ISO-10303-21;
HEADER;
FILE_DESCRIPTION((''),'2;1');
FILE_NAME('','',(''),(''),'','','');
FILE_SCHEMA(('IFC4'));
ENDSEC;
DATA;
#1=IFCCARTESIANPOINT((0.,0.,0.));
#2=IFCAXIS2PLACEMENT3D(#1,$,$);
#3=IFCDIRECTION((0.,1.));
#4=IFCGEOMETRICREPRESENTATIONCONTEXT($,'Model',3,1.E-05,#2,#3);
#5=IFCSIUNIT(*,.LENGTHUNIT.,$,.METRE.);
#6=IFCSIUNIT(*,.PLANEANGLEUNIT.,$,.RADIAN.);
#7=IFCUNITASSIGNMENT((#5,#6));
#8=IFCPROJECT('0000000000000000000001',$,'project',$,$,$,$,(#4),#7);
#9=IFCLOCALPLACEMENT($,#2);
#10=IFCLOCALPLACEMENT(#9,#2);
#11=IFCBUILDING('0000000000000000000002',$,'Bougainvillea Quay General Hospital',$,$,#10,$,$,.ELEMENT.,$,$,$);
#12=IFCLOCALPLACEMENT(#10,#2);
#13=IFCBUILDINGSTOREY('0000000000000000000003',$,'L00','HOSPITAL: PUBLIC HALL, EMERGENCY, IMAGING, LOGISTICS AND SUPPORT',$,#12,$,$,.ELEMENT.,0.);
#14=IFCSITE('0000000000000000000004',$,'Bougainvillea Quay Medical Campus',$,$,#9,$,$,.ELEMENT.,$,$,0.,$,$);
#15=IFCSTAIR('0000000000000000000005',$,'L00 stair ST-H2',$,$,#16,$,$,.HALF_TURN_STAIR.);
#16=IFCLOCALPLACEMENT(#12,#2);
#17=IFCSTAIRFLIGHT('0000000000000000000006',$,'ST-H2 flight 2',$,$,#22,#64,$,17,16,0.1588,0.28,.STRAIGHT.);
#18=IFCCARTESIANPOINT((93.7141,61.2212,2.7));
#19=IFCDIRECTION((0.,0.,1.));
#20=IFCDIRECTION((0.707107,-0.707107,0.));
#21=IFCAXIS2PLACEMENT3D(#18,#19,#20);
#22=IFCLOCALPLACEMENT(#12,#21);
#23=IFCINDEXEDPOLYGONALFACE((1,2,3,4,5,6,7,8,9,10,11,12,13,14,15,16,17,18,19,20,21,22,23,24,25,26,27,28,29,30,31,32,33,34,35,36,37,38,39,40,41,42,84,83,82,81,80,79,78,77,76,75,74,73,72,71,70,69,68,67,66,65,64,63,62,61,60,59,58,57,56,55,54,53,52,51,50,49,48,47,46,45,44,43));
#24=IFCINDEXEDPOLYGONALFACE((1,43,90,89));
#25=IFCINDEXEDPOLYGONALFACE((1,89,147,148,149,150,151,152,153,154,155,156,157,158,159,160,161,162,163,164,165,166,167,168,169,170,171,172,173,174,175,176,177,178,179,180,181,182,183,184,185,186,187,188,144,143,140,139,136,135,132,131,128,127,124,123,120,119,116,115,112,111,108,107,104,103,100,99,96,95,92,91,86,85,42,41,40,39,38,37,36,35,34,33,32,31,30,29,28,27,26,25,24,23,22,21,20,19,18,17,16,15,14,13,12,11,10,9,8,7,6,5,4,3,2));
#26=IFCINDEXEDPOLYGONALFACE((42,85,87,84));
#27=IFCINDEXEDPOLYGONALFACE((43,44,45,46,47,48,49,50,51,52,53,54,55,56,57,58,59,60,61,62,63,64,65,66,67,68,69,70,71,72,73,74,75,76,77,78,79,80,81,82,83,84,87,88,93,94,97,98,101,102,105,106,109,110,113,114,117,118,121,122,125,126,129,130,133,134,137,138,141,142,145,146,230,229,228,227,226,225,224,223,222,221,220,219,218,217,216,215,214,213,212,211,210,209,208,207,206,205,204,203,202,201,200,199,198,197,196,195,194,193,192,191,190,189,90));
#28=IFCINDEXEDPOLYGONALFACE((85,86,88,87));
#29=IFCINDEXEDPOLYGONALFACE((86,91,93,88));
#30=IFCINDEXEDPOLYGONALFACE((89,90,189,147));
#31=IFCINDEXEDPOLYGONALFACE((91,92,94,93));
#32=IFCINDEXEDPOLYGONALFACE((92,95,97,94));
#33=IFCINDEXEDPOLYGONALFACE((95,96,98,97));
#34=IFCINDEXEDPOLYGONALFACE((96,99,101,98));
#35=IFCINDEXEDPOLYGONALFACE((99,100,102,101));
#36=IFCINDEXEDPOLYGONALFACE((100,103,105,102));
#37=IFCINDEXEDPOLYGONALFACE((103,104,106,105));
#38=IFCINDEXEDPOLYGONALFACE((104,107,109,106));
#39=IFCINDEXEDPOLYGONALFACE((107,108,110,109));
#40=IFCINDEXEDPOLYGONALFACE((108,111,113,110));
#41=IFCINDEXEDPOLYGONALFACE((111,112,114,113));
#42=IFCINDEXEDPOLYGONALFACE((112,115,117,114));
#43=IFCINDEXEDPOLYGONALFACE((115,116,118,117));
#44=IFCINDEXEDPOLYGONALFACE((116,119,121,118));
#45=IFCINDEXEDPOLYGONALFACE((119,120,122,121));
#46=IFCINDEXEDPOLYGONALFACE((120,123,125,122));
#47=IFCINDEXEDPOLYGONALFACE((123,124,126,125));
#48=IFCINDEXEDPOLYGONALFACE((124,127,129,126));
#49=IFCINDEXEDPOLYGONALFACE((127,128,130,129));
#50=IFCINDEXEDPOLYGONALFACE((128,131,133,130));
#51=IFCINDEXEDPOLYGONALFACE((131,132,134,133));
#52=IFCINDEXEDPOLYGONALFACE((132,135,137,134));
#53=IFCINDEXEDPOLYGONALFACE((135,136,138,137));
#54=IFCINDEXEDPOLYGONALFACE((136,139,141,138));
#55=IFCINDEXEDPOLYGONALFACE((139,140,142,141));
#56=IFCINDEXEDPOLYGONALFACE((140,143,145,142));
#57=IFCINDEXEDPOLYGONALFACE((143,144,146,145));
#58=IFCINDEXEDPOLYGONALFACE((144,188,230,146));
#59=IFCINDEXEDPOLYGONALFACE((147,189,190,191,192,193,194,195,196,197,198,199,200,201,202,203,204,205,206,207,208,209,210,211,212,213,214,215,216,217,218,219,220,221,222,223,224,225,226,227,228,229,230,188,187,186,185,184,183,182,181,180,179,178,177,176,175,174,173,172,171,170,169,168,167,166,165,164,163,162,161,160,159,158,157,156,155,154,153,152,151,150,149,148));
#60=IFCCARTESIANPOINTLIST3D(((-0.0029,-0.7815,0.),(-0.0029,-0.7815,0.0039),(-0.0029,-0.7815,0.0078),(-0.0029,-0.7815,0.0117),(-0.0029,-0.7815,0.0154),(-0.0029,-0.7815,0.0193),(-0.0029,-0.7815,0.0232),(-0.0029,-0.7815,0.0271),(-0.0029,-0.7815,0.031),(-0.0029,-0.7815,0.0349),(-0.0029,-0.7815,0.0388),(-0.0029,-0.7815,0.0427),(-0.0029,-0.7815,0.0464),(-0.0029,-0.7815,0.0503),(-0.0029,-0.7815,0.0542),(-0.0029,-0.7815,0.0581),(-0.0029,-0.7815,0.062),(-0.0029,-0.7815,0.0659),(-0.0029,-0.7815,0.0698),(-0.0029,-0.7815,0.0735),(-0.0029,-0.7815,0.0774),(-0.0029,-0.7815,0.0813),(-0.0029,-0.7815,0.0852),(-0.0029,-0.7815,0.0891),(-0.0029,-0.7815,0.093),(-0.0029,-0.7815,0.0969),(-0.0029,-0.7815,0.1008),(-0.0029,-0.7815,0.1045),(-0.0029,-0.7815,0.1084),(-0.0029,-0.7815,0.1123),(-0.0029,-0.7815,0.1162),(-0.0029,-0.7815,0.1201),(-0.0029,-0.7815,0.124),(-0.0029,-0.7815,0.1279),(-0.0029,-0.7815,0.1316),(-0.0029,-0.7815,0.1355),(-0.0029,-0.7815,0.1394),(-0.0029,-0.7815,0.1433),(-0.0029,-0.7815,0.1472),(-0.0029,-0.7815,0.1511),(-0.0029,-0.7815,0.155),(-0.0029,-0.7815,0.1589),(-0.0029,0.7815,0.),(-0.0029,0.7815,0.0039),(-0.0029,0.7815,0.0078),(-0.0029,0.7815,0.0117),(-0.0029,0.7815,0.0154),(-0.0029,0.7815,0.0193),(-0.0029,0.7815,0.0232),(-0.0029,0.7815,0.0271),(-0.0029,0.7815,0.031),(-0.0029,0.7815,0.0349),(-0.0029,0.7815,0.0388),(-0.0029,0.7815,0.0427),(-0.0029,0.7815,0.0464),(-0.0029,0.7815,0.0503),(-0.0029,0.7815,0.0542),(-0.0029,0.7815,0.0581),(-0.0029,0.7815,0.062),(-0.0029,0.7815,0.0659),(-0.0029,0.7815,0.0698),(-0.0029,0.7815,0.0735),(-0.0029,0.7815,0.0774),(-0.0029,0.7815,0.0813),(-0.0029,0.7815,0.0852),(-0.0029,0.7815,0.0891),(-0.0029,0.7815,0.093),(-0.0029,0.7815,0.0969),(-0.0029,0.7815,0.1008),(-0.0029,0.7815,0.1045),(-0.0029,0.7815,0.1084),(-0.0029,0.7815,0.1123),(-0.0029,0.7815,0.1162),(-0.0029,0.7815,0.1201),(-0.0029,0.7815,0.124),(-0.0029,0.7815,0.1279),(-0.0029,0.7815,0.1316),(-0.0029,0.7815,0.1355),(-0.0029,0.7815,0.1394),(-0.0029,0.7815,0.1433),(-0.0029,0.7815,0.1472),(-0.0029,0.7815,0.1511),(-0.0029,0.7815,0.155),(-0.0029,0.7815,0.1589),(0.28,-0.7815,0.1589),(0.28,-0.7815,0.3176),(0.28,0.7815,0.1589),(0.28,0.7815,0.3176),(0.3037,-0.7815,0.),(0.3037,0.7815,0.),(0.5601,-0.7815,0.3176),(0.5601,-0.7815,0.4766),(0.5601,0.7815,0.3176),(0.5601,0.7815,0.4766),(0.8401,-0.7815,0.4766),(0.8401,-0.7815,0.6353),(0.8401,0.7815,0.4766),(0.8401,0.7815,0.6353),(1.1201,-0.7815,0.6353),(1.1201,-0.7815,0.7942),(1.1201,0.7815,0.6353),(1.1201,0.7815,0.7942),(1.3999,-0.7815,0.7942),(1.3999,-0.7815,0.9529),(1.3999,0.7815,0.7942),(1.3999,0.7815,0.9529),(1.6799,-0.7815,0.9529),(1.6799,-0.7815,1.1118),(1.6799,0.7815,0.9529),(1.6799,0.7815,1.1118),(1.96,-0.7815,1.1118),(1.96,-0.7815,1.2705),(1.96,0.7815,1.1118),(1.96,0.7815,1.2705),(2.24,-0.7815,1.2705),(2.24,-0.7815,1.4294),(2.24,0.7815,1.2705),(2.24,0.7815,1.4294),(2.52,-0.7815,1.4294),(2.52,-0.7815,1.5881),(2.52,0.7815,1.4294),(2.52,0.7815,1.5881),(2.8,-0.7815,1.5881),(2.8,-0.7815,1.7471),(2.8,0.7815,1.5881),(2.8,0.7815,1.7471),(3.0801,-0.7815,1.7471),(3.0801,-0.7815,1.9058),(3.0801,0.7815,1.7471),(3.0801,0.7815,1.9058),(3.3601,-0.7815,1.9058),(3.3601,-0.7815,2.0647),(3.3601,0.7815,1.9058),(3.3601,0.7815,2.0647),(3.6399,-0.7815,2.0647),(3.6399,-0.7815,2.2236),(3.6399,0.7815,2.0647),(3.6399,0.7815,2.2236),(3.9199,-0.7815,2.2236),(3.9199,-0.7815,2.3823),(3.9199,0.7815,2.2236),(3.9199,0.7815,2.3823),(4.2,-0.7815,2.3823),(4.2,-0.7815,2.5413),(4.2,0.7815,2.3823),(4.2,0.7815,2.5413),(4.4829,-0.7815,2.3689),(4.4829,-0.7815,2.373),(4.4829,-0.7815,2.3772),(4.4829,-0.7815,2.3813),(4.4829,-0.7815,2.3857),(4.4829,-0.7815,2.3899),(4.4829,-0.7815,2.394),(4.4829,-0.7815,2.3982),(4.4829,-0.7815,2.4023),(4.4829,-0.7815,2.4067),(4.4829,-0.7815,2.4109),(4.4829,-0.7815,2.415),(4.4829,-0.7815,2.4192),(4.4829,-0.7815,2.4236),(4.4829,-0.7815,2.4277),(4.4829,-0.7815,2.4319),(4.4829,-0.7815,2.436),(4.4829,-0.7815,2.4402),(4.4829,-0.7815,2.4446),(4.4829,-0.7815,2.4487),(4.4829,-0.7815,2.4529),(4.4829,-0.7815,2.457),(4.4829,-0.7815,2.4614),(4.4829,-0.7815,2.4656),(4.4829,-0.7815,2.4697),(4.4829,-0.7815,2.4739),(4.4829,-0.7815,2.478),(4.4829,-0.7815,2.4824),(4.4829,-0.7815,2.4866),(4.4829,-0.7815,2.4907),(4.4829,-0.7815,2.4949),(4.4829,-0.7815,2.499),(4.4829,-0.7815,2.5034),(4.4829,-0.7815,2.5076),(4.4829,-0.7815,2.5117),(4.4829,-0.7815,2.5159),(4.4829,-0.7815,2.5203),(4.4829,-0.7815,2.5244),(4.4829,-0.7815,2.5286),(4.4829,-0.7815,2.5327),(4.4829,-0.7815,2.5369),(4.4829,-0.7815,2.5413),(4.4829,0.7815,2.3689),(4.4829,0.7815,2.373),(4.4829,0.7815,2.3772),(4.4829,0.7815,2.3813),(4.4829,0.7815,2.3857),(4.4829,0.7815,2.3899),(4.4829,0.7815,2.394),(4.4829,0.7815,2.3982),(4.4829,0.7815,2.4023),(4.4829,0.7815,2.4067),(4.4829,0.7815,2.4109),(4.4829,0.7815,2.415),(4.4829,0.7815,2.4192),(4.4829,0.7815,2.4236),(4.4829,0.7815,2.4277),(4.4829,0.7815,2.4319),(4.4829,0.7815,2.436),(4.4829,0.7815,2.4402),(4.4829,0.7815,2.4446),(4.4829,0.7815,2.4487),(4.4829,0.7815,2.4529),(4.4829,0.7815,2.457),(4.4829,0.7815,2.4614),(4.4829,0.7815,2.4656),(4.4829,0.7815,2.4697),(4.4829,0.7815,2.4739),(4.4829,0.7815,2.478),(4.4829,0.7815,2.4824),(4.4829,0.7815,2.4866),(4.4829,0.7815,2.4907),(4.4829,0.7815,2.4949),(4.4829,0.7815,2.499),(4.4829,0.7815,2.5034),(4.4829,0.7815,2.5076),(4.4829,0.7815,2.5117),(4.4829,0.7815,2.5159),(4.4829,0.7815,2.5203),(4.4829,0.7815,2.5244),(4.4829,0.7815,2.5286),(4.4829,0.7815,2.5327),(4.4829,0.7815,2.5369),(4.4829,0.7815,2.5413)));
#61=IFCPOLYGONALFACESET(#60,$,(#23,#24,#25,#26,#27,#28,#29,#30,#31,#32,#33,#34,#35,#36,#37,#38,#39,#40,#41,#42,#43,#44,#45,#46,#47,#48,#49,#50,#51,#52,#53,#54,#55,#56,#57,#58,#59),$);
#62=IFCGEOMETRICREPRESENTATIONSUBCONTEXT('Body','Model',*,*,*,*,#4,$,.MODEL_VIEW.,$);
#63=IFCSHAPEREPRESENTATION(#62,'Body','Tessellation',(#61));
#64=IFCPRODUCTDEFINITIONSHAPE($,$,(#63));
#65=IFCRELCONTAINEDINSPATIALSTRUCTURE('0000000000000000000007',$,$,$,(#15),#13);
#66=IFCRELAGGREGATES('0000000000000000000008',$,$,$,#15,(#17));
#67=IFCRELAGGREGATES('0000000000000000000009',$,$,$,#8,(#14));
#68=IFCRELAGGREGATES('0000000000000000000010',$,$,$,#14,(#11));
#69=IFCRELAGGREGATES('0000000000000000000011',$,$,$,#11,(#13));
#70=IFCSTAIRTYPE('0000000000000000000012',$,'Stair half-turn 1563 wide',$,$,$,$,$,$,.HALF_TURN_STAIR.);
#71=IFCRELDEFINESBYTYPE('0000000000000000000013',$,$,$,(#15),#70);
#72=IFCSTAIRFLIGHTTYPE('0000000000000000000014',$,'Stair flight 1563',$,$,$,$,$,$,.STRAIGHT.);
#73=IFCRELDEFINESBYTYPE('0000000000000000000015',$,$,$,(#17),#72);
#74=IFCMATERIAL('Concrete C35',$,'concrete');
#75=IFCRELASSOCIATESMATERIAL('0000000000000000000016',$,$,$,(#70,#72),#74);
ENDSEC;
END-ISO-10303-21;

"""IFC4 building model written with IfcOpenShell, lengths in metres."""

from ifc_helpers import new_model, si_unit, direction, frame, origin, place, context, subcontext, project, spatial, polyline, outline, extrude, material, type_object, element, aggregate, save


model = new_model("IFC4")

# Units and contexts
model_context = context("Model", 3, precision=1e-05, world=origin(), true_north=direction((0.0, 1.0)))
body_context = subcontext(model_context, "Body", "Model", "MODEL_VIEW")
ifc_project = project(units=[si_unit("LENGTHUNIT", "METRE"), si_unit("PLANEANGLEUNIT", "RADIAN")], contexts=[model_context])

# Site, building, storey
site_placement = place(None, origin())
site = spatial("IfcSite", under=ifc_project, at=site_placement, Name="Bougainvillea Quay Medical Campus", CompositionType="ELEMENT", RefElevation=0.0)
building_placement = place(site_placement, origin())
building = spatial("IfcBuilding", under=site, at=building_placement, Name="Bougainvillea Quay General Hospital", CompositionType="ELEMENT")
storey_placement = place(building_placement, origin())
storey = spatial("IfcBuildingStorey", under=building, at=storey_placement, Name="L00", Description="HOSPITAL: PUBLIC HALL, EMERGENCY, IMAGING, LOGISTICS AND SUPPORT", CompositionType="ELEMENT", Elevation=0.0)

# Stair, stair flight
ifc_material_1 = material(Name="Concrete C35", Category="concrete")
stair_type = type_object("IfcStairType", Name="Stair half-turn 1563 wide", PredefinedType="HALF_TURN_STAIR", material=ifc_material_1)
stair_placement = place(storey_placement, origin())
stair = element("IfcStair", 1, at=stair_placement, inside=storey, type_object=stair_type, Name="L00 stair ST-H2", PredefinedType="HALF_TURN_STAIR")
stair_flight_type = type_object("IfcStairFlightType", Name="Stair flight 1563", PredefinedType="STRAIGHT", material=ifc_material_1)
stair_flight_placement = place(storey_placement, frame((93.7141, 61.2212, 2.7), z_axis=(0.0, 0.0, 1.0), x_axis=(0.707107, -0.707107, 0.0)))
stair_flight = element("IfcStairFlight", 2, at=stair_flight_placement, type_object=stair_flight_type, Name="ST-H2 flight 2", NumberOfRisers=17, NumberOfTreads=16, PredefinedType="STRAIGHT", RiserHeight=0.1588, TreadLength=0.28, context=body_context, shape_type="SweptSolid", body=[
    extrude(outline(polyline([(-0.0029, 0.0), (-0.0029, 0.0039), (-0.0029, 0.0078), (-0.0029, 0.0117), (-0.0029, 0.0154), (-0.0029, 0.0193), (-0.0029, 0.0232), (-0.0029, 0.0271), (-0.0029, 0.031), (-0.0029, 0.0349), (-0.0029, 0.0388), (-0.0029, 0.0427), (-0.0029, 0.0464), (-0.0029, 0.0503), (-0.0029, 0.0542), (-0.0029, 0.0581), (-0.0029, 0.062), (-0.0029, 0.0659), (-0.0029, 0.0698), (-0.0029, 0.0735), (-0.0029, 0.0774), (-0.0029, 0.0813), (-0.0029, 0.0852), (-0.0029, 0.0891), (-0.0029, 0.093), (-0.0029, 0.0969), (-0.0029, 0.1008), (-0.0029, 0.1045), (-0.0029, 0.1084), (-0.0029, 0.1123), (-0.0029, 0.1162), (-0.0029, 0.1201), (-0.0029, 0.124), (-0.0029, 0.1279), (-0.0029, 0.1316), (-0.0029, 0.1355), (-0.0029, 0.1394), (-0.0029, 0.1433), (-0.0029, 0.1472), (-0.0029, 0.1511), (-0.0029, 0.155), (-0.0029, 0.1589), (0.28, 0.1589), (0.28, 0.3176), (0.5601, 0.3176), (0.5601, 0.4766), (0.8401, 0.4766), (0.8401, 0.6353), (1.1201, 0.6353), (1.1201, 0.7942), (1.3999, 0.7942), (1.3999, 0.9529), (1.6799, 0.9529), (1.6799, 1.1118), (1.96, 1.1118), (1.96, 1.2705), (2.24, 1.2705), (2.24, 1.4294), (2.52, 1.4294), (2.52, 1.5881), (2.8, 1.5881), (2.8, 1.7471), (3.0801, 1.7471), (3.0801, 1.9058), (3.3601, 1.9058), (3.3601, 2.0647), (3.6399, 2.0647), (3.6399, 2.2236), (3.9199, 2.2236), (3.9199, 2.3823), (4.2, 2.3823), (4.2, 2.5413), (4.4829, 2.5413), (4.4829, 2.5369), (4.4829, 2.5327), (4.4829, 2.5286), (4.4829, 2.5244), (4.4829, 2.5203), (4.4829, 2.5159), (4.4829, 2.5117), (4.4829, 2.5076), (4.4829, 2.5034), (4.4829, 2.499), (4.4829, 2.4949), (4.4829, 2.4907), (4.4829, 2.4866), (4.4829, 2.4824), (4.4829, 2.478), (4.4829, 2.4739), (4.4829, 2.4697), (4.4829, 2.4656), (4.4829, 2.4614), (4.4829, 2.457), (4.4829, 2.4529), (4.4829, 2.4487), (4.4829, 2.4446), (4.4829, 2.4402), (4.4829, 2.436), (4.4829, 2.4319), (4.4829, 2.4277), (4.4829, 2.4236), (4.4829, 2.4192), (4.4829, 2.415), (4.4829, 2.4109), (4.4829, 2.4067), (4.4829, 2.4023), (4.4829, 2.3982), (4.4829, 2.394), (4.4829, 2.3899), (4.4829, 2.3857), (4.4829, 2.3813), (4.4829, 2.3772), (4.4829, 2.373), (4.4829, 2.3689), (0.3037, 0.0), (-0.0029, 0.0)])), frame((0.0, 0.7815, 0.0), z_axis=(0.0, -1.0, 0.0), x_axis=(1.0, 0.0, 0.0)), (0.0, 0.0, 1.0), 1.563),
])
aggregate(stair, [stair_flight])

save(model, "model.ifc")
